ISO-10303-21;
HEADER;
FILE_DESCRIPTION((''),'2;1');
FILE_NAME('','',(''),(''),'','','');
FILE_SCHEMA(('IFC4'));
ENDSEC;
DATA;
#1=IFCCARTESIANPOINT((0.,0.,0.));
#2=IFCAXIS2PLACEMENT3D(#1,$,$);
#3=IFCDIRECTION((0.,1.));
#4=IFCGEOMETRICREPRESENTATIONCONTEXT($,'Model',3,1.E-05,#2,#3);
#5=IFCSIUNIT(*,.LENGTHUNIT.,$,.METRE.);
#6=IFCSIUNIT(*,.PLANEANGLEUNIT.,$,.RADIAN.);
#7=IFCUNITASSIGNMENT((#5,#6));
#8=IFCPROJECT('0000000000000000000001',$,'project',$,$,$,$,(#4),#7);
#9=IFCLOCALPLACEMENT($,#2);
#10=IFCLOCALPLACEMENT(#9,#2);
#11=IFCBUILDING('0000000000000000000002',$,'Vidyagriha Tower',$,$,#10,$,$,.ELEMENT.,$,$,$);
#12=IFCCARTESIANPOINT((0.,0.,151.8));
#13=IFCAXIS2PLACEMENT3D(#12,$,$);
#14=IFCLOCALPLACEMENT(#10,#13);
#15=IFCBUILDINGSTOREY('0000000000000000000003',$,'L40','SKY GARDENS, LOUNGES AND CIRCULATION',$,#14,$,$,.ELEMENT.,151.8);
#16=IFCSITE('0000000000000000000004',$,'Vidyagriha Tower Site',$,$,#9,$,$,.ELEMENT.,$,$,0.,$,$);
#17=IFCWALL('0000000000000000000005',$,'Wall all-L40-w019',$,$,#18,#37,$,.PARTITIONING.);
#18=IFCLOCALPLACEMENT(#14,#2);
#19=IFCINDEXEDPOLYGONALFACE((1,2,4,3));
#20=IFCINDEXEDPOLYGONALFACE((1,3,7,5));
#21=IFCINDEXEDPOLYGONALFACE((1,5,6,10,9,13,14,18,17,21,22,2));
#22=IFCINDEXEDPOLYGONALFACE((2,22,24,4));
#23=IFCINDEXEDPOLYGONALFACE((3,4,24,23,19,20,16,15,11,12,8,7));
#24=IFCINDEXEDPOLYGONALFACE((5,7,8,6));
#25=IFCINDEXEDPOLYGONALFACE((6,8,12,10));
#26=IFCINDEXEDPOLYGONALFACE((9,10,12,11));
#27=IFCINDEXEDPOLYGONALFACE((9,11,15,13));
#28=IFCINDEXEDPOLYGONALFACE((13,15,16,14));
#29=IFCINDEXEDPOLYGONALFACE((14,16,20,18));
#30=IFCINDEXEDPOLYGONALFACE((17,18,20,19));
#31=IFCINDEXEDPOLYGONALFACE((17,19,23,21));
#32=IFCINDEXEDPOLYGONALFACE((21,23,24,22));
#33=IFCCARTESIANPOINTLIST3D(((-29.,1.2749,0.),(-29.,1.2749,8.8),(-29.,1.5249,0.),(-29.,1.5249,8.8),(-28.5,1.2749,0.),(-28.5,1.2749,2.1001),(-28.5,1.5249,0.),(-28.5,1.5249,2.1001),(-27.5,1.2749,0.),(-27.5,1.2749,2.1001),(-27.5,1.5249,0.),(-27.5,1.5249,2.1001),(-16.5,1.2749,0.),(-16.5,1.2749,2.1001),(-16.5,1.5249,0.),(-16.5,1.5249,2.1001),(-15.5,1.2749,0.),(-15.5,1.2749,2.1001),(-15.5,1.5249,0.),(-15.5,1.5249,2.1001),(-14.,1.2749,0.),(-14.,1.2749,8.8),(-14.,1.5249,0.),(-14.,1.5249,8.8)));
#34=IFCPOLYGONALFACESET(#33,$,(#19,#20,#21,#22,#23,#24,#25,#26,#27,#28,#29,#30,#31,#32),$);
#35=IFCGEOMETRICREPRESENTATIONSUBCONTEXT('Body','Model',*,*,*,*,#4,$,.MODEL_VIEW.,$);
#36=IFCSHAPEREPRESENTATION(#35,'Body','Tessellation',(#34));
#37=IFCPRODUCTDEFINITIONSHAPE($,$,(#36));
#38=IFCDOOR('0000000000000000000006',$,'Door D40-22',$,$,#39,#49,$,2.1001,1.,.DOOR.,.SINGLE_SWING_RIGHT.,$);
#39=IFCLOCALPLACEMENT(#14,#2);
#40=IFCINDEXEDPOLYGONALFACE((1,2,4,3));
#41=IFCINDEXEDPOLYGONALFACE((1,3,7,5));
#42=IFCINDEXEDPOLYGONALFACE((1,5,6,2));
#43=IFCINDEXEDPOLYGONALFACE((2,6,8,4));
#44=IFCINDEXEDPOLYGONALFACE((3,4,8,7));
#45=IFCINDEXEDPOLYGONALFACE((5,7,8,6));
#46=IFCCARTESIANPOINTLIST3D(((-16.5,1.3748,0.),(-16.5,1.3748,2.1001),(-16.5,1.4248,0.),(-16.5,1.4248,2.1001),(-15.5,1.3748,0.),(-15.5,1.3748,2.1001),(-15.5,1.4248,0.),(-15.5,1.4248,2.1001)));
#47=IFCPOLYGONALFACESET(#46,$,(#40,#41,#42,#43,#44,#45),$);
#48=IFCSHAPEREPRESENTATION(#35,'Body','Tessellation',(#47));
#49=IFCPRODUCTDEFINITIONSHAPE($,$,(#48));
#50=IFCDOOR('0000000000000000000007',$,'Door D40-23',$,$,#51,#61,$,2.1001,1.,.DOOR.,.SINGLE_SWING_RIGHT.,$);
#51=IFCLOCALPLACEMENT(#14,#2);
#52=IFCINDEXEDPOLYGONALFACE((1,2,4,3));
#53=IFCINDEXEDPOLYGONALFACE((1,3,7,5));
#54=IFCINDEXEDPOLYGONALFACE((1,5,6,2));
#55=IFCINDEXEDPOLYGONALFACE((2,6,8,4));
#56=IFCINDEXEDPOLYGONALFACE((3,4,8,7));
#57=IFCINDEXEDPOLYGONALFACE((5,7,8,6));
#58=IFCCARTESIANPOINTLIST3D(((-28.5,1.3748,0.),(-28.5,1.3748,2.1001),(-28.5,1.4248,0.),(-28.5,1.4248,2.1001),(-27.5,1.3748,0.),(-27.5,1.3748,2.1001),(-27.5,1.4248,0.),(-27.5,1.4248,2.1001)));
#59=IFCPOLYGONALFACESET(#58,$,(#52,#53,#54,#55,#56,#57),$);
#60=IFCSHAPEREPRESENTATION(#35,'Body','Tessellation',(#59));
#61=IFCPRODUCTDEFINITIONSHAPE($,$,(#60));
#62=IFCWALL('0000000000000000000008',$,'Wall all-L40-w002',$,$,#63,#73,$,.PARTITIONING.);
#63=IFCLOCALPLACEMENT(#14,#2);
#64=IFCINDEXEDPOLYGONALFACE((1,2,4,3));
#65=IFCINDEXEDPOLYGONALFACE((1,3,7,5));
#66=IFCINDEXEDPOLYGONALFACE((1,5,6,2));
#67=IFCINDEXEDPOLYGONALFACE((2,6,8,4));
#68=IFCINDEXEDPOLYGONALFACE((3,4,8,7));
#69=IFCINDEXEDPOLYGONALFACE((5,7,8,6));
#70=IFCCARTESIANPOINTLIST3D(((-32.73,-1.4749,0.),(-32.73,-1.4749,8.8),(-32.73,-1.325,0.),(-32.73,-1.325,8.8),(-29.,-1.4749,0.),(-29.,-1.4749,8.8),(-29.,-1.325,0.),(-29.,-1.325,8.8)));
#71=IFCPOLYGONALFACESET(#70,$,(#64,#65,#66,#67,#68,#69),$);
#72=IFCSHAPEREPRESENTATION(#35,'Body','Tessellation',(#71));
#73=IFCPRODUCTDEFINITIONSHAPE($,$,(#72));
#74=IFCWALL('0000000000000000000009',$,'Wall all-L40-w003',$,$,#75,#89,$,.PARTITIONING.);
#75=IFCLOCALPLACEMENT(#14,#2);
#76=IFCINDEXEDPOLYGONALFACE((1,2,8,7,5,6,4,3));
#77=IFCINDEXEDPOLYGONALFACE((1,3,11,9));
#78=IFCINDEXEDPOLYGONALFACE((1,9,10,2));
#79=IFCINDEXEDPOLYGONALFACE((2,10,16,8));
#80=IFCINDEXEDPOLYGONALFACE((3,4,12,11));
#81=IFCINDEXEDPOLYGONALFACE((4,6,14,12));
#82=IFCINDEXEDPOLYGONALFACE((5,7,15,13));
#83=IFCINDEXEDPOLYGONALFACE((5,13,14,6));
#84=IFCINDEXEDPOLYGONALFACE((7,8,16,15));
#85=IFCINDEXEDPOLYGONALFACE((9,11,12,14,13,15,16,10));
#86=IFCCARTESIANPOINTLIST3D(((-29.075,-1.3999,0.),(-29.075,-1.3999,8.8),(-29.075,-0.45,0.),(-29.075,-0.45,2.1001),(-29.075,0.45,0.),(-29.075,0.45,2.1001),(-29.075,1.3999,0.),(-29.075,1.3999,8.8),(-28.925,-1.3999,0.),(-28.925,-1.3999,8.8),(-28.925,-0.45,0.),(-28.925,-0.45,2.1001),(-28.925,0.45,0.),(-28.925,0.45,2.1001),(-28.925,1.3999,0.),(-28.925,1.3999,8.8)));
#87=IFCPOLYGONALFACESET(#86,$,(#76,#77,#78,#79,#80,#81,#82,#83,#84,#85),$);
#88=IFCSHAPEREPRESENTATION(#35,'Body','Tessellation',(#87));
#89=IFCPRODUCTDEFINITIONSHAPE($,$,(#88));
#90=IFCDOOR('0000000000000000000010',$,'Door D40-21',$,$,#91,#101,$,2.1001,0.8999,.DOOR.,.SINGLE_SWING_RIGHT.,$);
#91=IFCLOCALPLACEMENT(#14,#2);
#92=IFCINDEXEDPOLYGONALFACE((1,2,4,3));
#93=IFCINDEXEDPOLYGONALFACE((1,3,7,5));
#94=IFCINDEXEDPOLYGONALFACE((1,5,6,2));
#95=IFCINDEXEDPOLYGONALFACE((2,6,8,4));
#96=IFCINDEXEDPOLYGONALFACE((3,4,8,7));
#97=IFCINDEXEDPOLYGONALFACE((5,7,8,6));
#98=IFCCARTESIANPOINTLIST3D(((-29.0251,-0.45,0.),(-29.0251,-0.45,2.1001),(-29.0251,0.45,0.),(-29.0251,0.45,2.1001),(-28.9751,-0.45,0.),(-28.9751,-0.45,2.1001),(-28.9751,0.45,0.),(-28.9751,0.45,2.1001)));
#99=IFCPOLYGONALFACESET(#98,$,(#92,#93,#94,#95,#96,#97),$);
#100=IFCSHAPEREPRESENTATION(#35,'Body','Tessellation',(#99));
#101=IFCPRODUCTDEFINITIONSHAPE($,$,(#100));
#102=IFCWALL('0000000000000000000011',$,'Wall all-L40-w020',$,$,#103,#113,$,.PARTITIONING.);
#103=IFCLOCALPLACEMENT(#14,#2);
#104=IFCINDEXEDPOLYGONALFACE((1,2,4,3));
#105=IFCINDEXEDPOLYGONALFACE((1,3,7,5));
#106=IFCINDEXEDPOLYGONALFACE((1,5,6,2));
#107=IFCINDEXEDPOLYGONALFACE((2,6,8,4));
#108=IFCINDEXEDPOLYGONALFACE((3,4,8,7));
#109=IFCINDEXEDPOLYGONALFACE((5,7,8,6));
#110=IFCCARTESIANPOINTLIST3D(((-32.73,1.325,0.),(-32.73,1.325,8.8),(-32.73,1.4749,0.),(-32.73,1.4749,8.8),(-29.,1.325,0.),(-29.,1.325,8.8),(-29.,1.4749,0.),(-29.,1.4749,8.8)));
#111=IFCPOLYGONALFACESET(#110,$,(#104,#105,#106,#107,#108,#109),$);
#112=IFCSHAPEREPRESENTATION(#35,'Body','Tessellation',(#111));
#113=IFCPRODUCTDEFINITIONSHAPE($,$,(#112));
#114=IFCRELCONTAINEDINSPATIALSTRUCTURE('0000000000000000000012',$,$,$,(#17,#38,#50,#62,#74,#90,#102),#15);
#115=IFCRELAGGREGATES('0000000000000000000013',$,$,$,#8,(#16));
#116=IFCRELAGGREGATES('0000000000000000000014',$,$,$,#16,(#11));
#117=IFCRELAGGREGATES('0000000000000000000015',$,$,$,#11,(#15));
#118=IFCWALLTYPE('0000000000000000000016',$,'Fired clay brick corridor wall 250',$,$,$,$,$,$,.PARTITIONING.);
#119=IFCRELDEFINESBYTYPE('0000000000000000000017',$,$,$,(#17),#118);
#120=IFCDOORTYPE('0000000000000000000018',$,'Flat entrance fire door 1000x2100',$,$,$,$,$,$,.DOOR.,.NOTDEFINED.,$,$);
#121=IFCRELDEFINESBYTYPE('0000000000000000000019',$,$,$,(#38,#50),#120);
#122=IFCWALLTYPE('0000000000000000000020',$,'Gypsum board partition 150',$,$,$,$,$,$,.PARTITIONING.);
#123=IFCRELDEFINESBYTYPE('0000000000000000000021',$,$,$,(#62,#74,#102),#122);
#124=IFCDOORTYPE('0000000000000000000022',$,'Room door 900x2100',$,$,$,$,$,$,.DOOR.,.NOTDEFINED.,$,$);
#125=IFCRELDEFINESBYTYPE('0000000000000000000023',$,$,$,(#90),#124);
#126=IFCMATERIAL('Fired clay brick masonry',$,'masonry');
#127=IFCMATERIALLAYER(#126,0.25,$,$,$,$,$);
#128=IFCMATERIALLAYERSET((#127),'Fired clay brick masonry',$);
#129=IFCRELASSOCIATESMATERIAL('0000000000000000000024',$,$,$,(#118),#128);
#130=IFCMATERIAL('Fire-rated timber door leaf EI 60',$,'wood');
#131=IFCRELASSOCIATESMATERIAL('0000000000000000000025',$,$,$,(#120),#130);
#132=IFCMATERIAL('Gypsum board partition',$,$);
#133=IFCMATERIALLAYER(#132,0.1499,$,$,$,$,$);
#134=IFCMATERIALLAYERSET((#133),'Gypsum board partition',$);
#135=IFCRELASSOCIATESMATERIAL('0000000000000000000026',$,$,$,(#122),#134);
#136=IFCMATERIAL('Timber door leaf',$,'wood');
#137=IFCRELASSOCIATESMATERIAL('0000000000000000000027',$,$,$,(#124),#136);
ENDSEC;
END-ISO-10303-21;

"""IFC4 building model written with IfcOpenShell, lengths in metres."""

from ifc_helpers import new_model, si_unit, direction, frame, frame_2d, origin, place, context, subcontext, project, spatial, rectangle, extrude, material, layer, layer_set, type_object, element, fill, save


model = new_model("IFC4")

# Units and contexts
model_context = context("Model", 3, precision=1e-05, world=origin(), true_north=direction((0.0, 1.0)))
body_context = subcontext(model_context, "Body", "Model", "MODEL_VIEW")
ifc_project = project(units=[si_unit("LENGTHUNIT", "METRE"), si_unit("PLANEANGLEUNIT", "RADIAN")], contexts=[model_context])

# Site, building, storey
site_placement = place(None, origin())
site = spatial("IfcSite", under=ifc_project, at=site_placement, Name="Vidyagriha Tower Site", CompositionType="ELEMENT", RefElevation=0.0)
building_placement = place(site_placement, origin())
building = spatial("IfcBuilding", under=site, at=building_placement, Name="Vidyagriha Tower", CompositionType="ELEMENT")
storey_placement = place(building_placement, frame((0.0, 0.0, 151.8)))
storey = spatial("IfcBuildingStorey", under=building, at=storey_placement, Name="L40", Description="SKY GARDENS, LOUNGES AND CIRCULATION", CompositionType="ELEMENT", Elevation=151.8)

# Wall, openings, doors
ifc_material_1 = material(Name="Fired clay brick masonry", Category="masonry")
ifc_layer_1 = layer(ifc_material_1, 0.25)
ifc_layer_set_1 = layer_set([ifc_layer_1], Name="Fired clay brick masonry")
wall_type_1 = type_object("IfcWallType", Name="Fired clay brick corridor wall 250", PredefinedType="PARTITIONING", material=ifc_layer_set_1)
wall_1_placement = place(storey_placement, frame((-29.0, 1.3999, 0.0)))
wall_1 = element("IfcWall", 1, at=wall_1_placement, inside=storey, type_object=wall_type_1, Name="Wall all-L40-w019", PredefinedType="PARTITIONING", context=body_context, shape_type="SweptSolid", body=[
    extrude(rectangle(XDim=15.0, YDim=0.25, at=frame_2d((7.5, 0.0))), origin(), (0.0, 0.0, 1.0), 8.8),
])
opening_1_placement = place(wall_1_placement, frame((12.5, 0.0, 0.0)))
opening_1 = element("IfcOpeningElement", 2, at=opening_1_placement, cuts=wall_1, PredefinedType="OPENING", context=body_context, shape_type="SweptSolid", body=[
    extrude(rectangle(XDim=1.0, YDim=2.1001, at=frame_2d((0.5, 1.05))), frame((0.0, 0.135, 0.0), z_axis=(0.0, -1.0, 0.0), x_axis=(1.0, 0.0, 0.0)), (0.0, 0.0, 1.0), 0.27),
])
opening_2_placement = place(wall_1_placement, frame((0.5, 0.0, 0.0)))
opening_2 = element("IfcOpeningElement", 3, at=opening_2_placement, cuts=wall_1, PredefinedType="OPENING", context=body_context, shape_type="SweptSolid", body=[
    extrude(rectangle(XDim=1.0, YDim=2.1001, at=frame_2d((0.5, 1.05))), frame((0.0, 0.135, 0.0), z_axis=(0.0, -1.0, 0.0), x_axis=(1.0, 0.0, 0.0)), (0.0, 0.0, 1.0), 0.27),
])
ifc_material_2 = material(Name="Fire-rated timber door leaf EI 60", Category="wood")
door_type_1 = type_object("IfcDoorType", Name="Flat entrance fire door 1000x2100", OperationType="NOTDEFINED", PredefinedType="DOOR", material=ifc_material_2)
door_1_placement = place(opening_1_placement, origin())
door_1 = element("IfcDoor", 4, at=door_1_placement, inside=storey, type_object=door_type_1, Name="Door D40-22", OperationType="SINGLE_SWING_RIGHT", OverallHeight=2.1001, OverallWidth=1.0, PredefinedType="DOOR", context=body_context, shape_type="SweptSolid", body=[
    extrude(rectangle(XDim=1.0, YDim=2.1001, at=frame_2d((0.5, 1.05))), frame((0.0, 0.0249, 0.0), z_axis=(0.0, -1.0, 0.0), x_axis=(1.0, 0.0, 0.0)), (0.0, 0.0, 1.0), 0.05),
])
fill(opening_1, door_1)
door_2_placement = place(opening_2_placement, origin())
door_2 = element("IfcDoor", 5, at=door_2_placement, inside=storey, type_object=door_type_1, Name="Door D40-23", OperationType="SINGLE_SWING_RIGHT", OverallHeight=2.1001, OverallWidth=1.0, PredefinedType="DOOR", context=body_context, shape_type="SweptSolid", body=[
    extrude(rectangle(XDim=1.0, YDim=2.1001, at=frame_2d((0.5, 1.05))), frame((0.0, 0.0249, 0.0), z_axis=(0.0, -1.0, 0.0), x_axis=(1.0, 0.0, 0.0)), (0.0, 0.0, 1.0), 0.05),
])
fill(opening_2, door_2)

# Wall
ifc_material_3 = material(Name="Gypsum board partition")
ifc_layer_2 = layer(ifc_material_3, 0.1499)
ifc_layer_set_2 = layer_set([ifc_layer_2], Name="Gypsum board partition")
wall_type_2 = type_object("IfcWallType", Name="Gypsum board partition 150", PredefinedType="PARTITIONING", material=ifc_layer_set_2)
wall_2_placement = place(storey_placement, frame((-29.0, -1.3999, 0.0), z_axis=(0.0, 0.0, 1.0), x_axis=(-1.0, 0.0, 0.0)))
element("IfcWall", 6, at=wall_2_placement, inside=storey, type_object=wall_type_2, Name="Wall all-L40-w002", PredefinedType="PARTITIONING", context=body_context, shape_type="SweptSolid", body=[
    extrude(rectangle(XDim=3.73, YDim=0.1499, at=frame_2d((1.865, 0.0))), origin(), (0.0, 0.0, 1.0), 8.8),
])

# Wall, opening, door
wall_3_placement = place(storey_placement, frame((-29.0, 1.3999, 0.0), z_axis=(0.0, 0.0, 1.0), x_axis=(0.0, -1.0, 0.0)))
wall_3 = element("IfcWall", 7, at=wall_3_placement, inside=storey, type_object=wall_type_2, Name="Wall all-L40-w003", PredefinedType="PARTITIONING", context=body_context, shape_type="SweptSolid", body=[
    extrude(rectangle(XDim=2.7998, YDim=0.1499, at=frame_2d((1.3999, 0.0))), origin(), (0.0, 0.0, 1.0), 8.8),
])
opening_3_placement = place(wall_3_placement, frame((0.95, 0.0, 0.0)))
opening_3 = element("IfcOpeningElement", 8, at=opening_3_placement, cuts=wall_3, PredefinedType="OPENING", context=body_context, shape_type="SweptSolid", body=[
    extrude(rectangle(XDim=0.8999, YDim=2.1001, at=frame_2d((0.45, 1.05))), frame((0.0, 0.085, 0.0), z_axis=(0.0, -1.0, 0.0), x_axis=(1.0, 0.0, 0.0)), (0.0, 0.0, 1.0), 0.1699),
])
ifc_material_4 = material(Name="Timber door leaf", Category="wood")
door_type_2 = type_object("IfcDoorType", Name="Room door 900x2100", OperationType="NOTDEFINED", PredefinedType="DOOR", material=ifc_material_4)
door_3_placement = place(opening_3_placement, origin())
door_3 = element("IfcDoor", 9, at=door_3_placement, inside=storey, type_object=door_type_2, Name="Door D40-21", OperationType="SINGLE_SWING_RIGHT", OverallHeight=2.1001, OverallWidth=0.8999, PredefinedType="DOOR", context=body_context, shape_type="SweptSolid", body=[
    extrude(rectangle(XDim=0.8999, YDim=2.1001, at=frame_2d((0.45, 1.05))), frame((0.0, 0.0249, 0.0), z_axis=(0.0, -1.0, 0.0), x_axis=(1.0, 0.0, 0.0)), (0.0, 0.0, 1.0), 0.05),
])
fill(opening_3, door_3)

# Wall
wall_4_placement = place(storey_placement, frame((-32.73, 1.3999, 0.0)))
element("IfcWall", 10, at=wall_4_placement, inside=storey, type_object=wall_type_2, Name="Wall all-L40-w020", PredefinedType="PARTITIONING", context=body_context, shape_type="SweptSolid", body=[
    extrude(rectangle(XDim=3.73, YDim=0.1499, at=frame_2d((1.865, 0.0))), origin(), (0.0, 0.0, 1.0), 8.8),
])

save(model, "model.ifc")
